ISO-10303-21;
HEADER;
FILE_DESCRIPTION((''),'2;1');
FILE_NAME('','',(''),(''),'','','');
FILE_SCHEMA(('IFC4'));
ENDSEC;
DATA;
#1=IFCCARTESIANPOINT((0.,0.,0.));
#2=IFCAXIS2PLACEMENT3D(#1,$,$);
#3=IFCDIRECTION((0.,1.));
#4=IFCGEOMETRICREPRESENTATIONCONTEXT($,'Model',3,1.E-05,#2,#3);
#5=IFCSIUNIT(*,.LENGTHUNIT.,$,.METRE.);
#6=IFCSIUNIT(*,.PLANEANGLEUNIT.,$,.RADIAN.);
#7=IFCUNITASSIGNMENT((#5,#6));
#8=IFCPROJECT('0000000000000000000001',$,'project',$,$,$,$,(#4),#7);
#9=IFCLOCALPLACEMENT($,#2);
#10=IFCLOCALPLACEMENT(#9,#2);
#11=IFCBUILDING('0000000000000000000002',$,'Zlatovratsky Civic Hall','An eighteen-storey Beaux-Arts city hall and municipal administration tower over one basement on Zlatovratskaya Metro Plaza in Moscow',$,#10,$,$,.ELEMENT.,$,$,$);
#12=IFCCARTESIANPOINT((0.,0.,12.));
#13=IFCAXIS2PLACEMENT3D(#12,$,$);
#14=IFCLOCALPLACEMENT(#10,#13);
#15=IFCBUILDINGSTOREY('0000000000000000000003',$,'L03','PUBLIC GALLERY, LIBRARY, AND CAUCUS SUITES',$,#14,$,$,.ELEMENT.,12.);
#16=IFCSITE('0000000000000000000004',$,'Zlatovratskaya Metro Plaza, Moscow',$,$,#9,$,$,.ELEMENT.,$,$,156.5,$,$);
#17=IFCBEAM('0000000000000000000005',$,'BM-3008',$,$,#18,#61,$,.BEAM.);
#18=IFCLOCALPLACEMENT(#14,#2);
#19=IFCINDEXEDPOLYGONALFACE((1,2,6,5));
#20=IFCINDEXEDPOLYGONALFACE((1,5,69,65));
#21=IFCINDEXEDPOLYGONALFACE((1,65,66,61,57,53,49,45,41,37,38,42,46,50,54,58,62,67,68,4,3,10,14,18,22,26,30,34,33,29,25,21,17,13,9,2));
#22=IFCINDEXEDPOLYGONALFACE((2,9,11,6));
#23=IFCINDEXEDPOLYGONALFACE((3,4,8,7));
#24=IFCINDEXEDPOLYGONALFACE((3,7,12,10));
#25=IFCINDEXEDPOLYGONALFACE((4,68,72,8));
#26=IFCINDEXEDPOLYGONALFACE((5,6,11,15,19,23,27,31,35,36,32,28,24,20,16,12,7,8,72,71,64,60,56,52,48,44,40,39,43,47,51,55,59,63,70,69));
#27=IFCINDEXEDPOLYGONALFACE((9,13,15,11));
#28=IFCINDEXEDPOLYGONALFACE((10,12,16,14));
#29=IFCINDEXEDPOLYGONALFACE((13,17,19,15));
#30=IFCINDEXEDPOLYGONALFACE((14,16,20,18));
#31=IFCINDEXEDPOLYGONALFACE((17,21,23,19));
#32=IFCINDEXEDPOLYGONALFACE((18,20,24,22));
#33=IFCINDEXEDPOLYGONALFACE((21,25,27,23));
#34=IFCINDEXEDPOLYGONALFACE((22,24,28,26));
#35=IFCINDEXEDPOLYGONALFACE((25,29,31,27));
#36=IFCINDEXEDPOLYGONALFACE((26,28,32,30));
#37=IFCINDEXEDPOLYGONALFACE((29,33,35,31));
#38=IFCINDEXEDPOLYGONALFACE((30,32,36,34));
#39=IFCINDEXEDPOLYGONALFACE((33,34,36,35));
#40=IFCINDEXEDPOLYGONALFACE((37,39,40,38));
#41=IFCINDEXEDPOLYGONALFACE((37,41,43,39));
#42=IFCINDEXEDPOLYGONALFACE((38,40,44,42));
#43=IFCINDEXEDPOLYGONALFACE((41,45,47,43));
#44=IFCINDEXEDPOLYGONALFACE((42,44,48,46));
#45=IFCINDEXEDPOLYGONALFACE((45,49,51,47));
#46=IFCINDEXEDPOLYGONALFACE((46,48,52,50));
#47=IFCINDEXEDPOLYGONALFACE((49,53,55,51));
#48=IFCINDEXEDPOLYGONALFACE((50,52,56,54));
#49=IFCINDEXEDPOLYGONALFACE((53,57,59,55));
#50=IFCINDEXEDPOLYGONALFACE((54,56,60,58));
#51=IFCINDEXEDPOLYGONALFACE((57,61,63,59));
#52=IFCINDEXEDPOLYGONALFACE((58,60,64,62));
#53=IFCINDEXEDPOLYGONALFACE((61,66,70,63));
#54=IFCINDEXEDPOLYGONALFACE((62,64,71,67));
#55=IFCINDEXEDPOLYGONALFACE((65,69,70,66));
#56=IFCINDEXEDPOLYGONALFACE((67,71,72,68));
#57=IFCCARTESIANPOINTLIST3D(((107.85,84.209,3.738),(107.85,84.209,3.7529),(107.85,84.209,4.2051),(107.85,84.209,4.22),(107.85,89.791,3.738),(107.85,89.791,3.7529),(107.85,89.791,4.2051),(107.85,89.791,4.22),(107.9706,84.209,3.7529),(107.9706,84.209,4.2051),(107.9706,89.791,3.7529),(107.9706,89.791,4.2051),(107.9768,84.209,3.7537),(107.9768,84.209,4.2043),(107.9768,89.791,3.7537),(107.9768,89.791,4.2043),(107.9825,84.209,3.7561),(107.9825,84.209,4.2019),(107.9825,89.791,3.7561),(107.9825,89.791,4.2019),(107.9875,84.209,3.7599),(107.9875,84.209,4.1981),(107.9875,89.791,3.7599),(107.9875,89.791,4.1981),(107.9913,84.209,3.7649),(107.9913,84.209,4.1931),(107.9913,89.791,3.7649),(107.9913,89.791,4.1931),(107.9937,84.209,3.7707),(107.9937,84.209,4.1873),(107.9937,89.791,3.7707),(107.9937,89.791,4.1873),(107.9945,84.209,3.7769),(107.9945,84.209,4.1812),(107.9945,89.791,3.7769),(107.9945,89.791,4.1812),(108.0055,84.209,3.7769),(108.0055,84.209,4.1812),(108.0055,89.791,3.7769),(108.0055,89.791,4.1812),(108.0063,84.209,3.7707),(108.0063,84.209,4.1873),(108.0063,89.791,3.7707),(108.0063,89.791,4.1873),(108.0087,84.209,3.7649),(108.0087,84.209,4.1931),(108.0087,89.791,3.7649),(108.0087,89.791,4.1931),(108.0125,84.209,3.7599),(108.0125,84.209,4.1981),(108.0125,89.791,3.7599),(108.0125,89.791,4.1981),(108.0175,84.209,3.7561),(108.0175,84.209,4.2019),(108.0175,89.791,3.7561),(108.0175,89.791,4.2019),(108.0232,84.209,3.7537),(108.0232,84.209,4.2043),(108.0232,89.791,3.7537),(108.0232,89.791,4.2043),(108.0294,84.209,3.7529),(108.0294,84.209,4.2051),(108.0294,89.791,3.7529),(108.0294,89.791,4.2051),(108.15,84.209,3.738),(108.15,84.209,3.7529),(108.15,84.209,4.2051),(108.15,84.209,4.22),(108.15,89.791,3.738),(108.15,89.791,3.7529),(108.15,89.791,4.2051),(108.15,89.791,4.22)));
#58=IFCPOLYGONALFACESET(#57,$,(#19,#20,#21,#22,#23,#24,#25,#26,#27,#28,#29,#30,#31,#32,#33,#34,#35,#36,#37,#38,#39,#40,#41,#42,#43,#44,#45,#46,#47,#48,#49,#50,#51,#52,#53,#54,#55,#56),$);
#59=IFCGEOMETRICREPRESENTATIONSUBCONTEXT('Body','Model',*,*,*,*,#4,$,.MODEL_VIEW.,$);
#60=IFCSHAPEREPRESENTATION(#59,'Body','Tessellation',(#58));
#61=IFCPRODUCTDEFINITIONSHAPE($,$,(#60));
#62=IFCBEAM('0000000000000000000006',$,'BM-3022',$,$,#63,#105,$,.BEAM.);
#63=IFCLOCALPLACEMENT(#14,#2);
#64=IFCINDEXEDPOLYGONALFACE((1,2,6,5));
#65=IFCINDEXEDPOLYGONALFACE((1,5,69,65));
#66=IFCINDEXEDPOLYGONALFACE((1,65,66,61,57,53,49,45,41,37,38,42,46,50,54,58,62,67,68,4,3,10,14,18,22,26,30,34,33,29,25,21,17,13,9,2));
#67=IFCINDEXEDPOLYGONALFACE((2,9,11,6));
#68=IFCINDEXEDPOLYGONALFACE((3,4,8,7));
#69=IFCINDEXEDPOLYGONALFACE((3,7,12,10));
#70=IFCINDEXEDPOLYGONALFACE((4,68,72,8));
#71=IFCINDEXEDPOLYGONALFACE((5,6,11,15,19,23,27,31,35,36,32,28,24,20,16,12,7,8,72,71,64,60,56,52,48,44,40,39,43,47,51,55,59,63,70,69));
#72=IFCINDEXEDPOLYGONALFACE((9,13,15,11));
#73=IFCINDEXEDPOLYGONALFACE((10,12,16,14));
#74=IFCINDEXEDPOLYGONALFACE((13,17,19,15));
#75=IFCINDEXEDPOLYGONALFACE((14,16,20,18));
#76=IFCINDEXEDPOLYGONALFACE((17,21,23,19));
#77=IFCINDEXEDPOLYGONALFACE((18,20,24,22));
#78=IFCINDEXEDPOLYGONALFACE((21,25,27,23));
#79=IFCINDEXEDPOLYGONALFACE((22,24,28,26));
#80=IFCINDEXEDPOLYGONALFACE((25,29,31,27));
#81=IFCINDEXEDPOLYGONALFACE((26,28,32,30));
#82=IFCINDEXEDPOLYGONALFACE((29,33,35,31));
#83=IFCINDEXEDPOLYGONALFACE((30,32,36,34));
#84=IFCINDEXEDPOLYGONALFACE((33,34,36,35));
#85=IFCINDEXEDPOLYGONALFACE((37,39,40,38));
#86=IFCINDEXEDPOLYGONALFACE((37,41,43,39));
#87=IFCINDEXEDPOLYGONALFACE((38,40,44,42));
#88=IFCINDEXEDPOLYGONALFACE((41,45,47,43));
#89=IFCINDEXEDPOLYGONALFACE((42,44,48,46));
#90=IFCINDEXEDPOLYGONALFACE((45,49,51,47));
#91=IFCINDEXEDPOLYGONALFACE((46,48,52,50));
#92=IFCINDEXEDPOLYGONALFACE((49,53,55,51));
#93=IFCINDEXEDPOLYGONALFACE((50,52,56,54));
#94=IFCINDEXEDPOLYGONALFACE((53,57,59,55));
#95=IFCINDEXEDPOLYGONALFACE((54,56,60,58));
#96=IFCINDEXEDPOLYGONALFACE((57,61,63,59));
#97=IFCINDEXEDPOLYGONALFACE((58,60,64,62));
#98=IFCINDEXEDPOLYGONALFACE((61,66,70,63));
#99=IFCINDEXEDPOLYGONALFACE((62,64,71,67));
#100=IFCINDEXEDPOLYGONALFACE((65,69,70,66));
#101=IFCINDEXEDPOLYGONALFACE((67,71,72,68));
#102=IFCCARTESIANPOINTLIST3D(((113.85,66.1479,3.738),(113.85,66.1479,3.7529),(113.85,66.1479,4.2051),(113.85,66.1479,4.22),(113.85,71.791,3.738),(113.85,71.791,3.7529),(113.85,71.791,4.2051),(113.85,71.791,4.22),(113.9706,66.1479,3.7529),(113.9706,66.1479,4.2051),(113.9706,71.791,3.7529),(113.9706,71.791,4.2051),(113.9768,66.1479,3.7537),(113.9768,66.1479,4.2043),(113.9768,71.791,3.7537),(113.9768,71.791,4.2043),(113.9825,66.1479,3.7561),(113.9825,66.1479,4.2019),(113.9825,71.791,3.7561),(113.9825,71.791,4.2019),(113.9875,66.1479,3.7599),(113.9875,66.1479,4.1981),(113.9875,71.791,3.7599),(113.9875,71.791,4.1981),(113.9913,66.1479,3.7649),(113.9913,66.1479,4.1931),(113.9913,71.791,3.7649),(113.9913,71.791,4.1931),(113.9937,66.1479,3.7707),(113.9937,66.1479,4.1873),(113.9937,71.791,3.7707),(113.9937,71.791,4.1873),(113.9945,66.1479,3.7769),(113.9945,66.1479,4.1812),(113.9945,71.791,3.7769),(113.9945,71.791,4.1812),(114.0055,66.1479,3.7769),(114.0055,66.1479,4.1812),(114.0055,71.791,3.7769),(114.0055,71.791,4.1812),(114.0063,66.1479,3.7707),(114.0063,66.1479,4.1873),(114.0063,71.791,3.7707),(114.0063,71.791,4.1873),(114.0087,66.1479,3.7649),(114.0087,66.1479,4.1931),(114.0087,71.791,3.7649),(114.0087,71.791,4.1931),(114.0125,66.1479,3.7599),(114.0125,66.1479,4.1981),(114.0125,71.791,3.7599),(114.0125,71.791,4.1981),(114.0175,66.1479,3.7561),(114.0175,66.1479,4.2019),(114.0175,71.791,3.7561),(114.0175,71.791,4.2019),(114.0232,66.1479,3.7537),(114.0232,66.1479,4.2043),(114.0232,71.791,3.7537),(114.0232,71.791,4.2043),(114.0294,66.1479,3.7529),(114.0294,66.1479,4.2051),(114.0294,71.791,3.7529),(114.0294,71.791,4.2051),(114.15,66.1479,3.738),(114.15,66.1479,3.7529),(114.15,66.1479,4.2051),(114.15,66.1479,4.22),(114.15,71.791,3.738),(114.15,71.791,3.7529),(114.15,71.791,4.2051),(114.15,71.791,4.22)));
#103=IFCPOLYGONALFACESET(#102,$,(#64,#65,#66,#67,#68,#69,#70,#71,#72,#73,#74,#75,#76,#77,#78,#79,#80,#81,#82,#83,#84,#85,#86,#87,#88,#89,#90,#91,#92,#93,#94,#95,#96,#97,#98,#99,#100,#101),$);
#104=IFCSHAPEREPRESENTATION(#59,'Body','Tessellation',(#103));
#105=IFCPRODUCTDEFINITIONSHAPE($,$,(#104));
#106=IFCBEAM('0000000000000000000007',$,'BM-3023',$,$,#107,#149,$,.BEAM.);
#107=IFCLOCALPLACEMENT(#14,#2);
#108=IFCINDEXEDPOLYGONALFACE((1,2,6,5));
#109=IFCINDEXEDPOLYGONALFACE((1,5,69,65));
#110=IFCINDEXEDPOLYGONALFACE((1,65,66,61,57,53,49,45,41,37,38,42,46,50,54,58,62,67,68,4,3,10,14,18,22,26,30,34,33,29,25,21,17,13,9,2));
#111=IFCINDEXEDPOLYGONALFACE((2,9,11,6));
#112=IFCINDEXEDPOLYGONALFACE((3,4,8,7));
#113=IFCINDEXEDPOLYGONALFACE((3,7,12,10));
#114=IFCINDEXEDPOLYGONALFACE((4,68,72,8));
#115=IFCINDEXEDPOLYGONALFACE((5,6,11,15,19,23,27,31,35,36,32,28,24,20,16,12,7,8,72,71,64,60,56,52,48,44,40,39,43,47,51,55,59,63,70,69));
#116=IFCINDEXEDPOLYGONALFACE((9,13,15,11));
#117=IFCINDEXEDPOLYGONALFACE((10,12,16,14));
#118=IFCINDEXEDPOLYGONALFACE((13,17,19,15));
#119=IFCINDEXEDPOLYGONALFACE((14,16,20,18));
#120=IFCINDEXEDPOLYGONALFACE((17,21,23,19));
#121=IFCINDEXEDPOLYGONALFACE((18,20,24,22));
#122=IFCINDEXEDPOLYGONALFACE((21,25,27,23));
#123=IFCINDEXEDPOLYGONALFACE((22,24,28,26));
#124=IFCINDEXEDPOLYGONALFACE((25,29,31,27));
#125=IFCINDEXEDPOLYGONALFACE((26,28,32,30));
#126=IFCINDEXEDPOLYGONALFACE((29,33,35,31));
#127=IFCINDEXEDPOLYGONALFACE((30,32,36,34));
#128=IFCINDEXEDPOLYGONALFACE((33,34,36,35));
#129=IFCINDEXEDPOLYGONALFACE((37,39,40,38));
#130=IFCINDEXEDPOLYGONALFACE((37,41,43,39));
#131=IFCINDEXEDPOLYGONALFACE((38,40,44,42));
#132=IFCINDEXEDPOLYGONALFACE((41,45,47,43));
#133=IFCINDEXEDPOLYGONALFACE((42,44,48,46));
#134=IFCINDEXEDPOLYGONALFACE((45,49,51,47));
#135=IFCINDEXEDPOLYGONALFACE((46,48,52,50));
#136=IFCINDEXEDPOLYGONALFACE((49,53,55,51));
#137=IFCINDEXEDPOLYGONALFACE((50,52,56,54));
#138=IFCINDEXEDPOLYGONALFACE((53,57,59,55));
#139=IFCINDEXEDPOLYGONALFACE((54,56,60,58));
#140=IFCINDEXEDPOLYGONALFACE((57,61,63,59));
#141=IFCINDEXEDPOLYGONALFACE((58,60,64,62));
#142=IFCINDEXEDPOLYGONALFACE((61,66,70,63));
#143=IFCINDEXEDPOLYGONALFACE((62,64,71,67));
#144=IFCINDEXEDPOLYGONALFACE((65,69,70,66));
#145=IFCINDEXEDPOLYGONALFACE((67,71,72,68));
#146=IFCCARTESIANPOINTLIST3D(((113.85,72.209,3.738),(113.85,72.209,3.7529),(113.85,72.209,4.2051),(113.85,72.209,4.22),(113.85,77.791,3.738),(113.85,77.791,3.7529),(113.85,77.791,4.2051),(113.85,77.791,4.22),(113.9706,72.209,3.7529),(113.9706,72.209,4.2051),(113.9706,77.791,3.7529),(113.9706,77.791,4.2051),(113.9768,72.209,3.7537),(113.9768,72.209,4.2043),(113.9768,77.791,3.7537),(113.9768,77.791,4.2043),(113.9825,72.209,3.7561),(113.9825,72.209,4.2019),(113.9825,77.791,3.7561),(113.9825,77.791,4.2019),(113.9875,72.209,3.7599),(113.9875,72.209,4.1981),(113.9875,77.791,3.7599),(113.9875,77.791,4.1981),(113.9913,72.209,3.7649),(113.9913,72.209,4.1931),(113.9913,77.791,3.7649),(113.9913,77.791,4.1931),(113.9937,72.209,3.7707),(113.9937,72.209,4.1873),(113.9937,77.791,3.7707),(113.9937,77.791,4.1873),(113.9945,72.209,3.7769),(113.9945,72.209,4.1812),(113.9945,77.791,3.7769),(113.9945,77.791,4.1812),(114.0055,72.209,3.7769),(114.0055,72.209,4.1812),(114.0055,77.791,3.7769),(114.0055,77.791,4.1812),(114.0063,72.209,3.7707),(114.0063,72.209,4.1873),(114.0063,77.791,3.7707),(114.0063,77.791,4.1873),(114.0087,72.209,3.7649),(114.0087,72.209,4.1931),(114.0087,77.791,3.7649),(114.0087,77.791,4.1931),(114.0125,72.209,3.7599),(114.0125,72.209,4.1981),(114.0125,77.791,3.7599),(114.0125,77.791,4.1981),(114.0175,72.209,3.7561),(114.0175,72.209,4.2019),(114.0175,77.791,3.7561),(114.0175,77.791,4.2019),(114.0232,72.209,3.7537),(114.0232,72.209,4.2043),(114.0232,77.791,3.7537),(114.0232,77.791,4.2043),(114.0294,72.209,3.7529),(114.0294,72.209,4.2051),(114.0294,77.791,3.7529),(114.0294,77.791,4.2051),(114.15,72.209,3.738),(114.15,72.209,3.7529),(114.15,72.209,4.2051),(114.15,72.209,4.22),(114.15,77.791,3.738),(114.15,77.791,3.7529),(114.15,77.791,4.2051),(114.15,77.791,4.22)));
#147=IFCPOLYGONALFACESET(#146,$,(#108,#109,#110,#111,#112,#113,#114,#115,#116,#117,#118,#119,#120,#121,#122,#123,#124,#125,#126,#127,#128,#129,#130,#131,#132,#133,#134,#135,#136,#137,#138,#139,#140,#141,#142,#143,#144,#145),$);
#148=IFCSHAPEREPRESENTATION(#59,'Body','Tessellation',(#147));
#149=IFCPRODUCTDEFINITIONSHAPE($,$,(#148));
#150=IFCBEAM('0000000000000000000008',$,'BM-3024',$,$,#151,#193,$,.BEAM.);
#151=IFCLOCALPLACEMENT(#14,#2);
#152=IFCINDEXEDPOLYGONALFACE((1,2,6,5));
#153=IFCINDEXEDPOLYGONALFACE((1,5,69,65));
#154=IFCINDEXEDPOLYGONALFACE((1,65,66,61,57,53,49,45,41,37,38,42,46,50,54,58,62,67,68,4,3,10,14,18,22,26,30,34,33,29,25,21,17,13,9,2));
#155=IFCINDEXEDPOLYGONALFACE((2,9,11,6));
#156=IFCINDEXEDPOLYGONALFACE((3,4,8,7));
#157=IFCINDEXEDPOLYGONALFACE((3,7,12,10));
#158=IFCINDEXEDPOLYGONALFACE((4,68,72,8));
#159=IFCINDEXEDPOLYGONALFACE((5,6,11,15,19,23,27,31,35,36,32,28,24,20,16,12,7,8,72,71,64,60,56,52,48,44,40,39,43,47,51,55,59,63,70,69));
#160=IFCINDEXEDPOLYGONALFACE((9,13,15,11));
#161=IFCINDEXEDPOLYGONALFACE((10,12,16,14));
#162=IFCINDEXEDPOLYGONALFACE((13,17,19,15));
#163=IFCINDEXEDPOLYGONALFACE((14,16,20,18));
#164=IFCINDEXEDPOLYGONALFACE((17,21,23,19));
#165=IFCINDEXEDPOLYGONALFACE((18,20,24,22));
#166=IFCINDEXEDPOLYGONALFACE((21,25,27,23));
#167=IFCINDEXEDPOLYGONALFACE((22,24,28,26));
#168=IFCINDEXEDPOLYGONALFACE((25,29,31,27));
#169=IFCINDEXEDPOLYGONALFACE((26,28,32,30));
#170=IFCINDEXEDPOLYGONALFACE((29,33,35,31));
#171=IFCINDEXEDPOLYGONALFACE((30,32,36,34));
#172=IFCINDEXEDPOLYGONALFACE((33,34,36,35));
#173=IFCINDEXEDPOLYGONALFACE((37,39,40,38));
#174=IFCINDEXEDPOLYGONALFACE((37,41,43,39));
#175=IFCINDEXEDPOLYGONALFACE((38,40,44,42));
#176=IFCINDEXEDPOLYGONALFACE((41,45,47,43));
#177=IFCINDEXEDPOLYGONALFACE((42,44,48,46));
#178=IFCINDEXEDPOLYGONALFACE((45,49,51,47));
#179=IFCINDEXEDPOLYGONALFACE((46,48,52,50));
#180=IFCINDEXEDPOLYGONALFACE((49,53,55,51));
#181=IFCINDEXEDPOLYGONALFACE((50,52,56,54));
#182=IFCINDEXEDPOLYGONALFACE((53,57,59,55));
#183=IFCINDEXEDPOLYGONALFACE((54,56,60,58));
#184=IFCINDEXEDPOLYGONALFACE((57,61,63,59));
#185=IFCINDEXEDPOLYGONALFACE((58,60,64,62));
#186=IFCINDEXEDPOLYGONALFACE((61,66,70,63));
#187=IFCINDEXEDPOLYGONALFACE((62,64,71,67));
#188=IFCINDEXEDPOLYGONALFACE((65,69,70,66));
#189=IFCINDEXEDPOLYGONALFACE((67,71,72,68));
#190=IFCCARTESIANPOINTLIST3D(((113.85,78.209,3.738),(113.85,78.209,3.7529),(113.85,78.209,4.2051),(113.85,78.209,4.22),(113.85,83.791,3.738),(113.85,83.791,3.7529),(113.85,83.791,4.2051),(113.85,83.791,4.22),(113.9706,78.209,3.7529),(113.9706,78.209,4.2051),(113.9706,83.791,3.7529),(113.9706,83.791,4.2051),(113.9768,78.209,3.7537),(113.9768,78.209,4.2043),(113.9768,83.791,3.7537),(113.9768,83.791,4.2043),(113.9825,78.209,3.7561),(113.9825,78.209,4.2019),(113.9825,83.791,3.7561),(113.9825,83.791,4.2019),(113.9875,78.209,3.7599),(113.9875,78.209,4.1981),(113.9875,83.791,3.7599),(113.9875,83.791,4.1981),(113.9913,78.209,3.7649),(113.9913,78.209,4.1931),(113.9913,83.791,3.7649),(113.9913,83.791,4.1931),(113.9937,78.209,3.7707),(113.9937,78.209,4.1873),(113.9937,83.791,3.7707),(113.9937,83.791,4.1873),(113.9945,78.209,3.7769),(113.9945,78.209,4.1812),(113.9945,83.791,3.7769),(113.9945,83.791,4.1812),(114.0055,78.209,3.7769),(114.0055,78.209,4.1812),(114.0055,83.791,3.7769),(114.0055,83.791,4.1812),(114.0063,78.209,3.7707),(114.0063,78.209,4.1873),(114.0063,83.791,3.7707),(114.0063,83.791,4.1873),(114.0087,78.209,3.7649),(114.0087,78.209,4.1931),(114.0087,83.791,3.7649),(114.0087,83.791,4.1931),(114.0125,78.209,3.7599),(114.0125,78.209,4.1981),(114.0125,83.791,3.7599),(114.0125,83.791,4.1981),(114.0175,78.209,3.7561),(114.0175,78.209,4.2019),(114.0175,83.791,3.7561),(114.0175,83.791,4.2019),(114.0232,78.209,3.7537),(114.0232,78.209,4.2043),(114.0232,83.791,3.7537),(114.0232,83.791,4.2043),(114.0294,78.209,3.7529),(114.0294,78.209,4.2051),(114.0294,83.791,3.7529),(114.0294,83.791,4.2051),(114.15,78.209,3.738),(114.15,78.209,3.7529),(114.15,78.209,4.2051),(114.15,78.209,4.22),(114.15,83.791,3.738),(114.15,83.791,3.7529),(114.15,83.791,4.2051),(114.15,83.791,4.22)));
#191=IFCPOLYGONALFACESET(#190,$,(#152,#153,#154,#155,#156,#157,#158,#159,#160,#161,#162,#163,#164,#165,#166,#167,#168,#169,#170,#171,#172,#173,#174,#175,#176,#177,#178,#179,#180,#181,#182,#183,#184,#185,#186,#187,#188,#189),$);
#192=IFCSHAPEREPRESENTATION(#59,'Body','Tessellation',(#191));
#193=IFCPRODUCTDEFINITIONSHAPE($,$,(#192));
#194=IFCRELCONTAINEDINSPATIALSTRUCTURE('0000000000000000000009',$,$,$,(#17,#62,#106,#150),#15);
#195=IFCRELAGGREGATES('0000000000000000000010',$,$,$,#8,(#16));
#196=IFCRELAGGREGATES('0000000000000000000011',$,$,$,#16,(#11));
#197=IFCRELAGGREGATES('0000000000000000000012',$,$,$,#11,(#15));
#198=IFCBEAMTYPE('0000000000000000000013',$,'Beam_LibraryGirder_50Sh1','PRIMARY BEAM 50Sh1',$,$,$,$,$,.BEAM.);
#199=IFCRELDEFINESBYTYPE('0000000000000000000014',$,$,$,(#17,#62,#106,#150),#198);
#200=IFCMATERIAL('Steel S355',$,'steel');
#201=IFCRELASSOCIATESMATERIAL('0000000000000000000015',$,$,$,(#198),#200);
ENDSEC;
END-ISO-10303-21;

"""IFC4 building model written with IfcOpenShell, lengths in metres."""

from ifc_helpers import new_model, si_unit, direction, frame, origin, origin_2d, place, context, subcontext, project, spatial, i_section, extrude, material, material_profile, profile_set, type_object, element, save


model = new_model("IFC4")

# Units and contexts
model_context = context("Model", 3, precision=1e-05, world=origin(), true_north=direction((0.0, 1.0)))
body_context = subcontext(model_context, "Body", "Model", "MODEL_VIEW")
ifc_project = project(units=[si_unit("LENGTHUNIT", "METRE"), si_unit("PLANEANGLEUNIT", "RADIAN")], contexts=[model_context])

# Site, building, storey
site_placement = place(None, origin())
site = spatial("IfcSite", under=ifc_project, at=site_placement, Name="Zlatovratskaya Metro Plaza, Moscow", CompositionType="ELEMENT", RefElevation=156.5)
building_placement = place(site_placement, origin())
building = spatial("IfcBuilding", under=site, at=building_placement, Name="Zlatovratsky Civic Hall", Description="An eighteen-storey Beaux-Arts city hall and municipal administration tower over one basement on Zlatovratskaya Metro Plaza in Moscow", CompositionType="ELEMENT")
storey_placement = place(building_placement, frame((0.0, 0.0, 12.0)))
storey = spatial("IfcBuildingStorey", under=building, at=storey_placement, Name="L03", Description="PUBLIC GALLERY, LIBRARY, AND CAUCUS SUITES", CompositionType="ELEMENT", Elevation=12.0)

# Shared definitions
ifc_material_1 = material(Name="Steel S355", Category="steel")

# Beams
ifc_material_profile_1 = material_profile(ifc_material_1, i_section(OverallWidth=0.3, OverallDepth=0.4819, WebThickness=0.011, FlangeThickness=0.0149, FilletRadius=0.0239, at=origin_2d()), Name="50Sh1")
ifc_profile_set_1 = profile_set([ifc_material_profile_1], Name="Steel S355")
beam_type_1 = type_object("IfcBeamType", Name="Beam_LibraryGirder_50Sh1", Description="PRIMARY BEAM 50Sh1", PredefinedType="BEAM", material=ifc_profile_set_1)
for number, where, z_axis, x_axis, name in (
    (1, (108.0, 84.209, 3.979), (0.0, 1.0, 0.0), (-1.0, 0.0, 0.0), "BM-3008"),
):
    element("IfcBeam", number, at=place(storey_placement, frame(where, z_axis=z_axis, x_axis=x_axis)), inside=storey, type_object=beam_type_1, Name=name, PredefinedType="BEAM", context=body_context, shape_type="SweptSolid", body=[
        extrude(i_section(OverallWidth=0.3, OverallDepth=0.4819, WebThickness=0.011, FlangeThickness=0.0149, FilletRadius=0.0239, at=origin_2d()), origin(), (0.0, 0.0, 1.0), 5.582),
    ])
beam_1_placement = place(storey_placement, frame((114.0, 66.1479, 3.979), z_axis=(0.0, 1.0, 0.0), x_axis=(-1.0, 0.0, 0.0)))
element("IfcBeam", 2, at=beam_1_placement, inside=storey, type_object=beam_type_1, Name="BM-3022", PredefinedType="BEAM", context=body_context, shape_type="SweptSolid", body=[
    extrude(i_section(OverallWidth=0.3, OverallDepth=0.4819, WebThickness=0.011, FlangeThickness=0.0149, FilletRadius=0.0239, at=origin_2d()), origin(), (0.0, 0.0, 1.0), 5.6431),
])
for number, where, z_axis, x_axis, name in (
    (3, (114.0, 72.209, 3.979), (0.0, 1.0, 0.0), (-1.0, 0.0, 0.0), "BM-3023"),
    (4, (114.0, 78.209, 3.979), (0.0, 1.0, 0.0), (-1.0, 0.0, 0.0), "BM-3024"),
):
    element("IfcBeam", number, at=place(storey_placement, frame(where, z_axis=z_axis, x_axis=x_axis)), inside=storey, type_object=beam_type_1, Name=name, PredefinedType="BEAM", context=body_context, shape_type="SweptSolid", body=[
        extrude(i_section(OverallWidth=0.3, OverallDepth=0.4819, WebThickness=0.011, FlangeThickness=0.0149, FilletRadius=0.0239, at=origin_2d()), origin(), (0.0, 0.0, 1.0), 5.582),
    ])

save(model, "model.ifc")
